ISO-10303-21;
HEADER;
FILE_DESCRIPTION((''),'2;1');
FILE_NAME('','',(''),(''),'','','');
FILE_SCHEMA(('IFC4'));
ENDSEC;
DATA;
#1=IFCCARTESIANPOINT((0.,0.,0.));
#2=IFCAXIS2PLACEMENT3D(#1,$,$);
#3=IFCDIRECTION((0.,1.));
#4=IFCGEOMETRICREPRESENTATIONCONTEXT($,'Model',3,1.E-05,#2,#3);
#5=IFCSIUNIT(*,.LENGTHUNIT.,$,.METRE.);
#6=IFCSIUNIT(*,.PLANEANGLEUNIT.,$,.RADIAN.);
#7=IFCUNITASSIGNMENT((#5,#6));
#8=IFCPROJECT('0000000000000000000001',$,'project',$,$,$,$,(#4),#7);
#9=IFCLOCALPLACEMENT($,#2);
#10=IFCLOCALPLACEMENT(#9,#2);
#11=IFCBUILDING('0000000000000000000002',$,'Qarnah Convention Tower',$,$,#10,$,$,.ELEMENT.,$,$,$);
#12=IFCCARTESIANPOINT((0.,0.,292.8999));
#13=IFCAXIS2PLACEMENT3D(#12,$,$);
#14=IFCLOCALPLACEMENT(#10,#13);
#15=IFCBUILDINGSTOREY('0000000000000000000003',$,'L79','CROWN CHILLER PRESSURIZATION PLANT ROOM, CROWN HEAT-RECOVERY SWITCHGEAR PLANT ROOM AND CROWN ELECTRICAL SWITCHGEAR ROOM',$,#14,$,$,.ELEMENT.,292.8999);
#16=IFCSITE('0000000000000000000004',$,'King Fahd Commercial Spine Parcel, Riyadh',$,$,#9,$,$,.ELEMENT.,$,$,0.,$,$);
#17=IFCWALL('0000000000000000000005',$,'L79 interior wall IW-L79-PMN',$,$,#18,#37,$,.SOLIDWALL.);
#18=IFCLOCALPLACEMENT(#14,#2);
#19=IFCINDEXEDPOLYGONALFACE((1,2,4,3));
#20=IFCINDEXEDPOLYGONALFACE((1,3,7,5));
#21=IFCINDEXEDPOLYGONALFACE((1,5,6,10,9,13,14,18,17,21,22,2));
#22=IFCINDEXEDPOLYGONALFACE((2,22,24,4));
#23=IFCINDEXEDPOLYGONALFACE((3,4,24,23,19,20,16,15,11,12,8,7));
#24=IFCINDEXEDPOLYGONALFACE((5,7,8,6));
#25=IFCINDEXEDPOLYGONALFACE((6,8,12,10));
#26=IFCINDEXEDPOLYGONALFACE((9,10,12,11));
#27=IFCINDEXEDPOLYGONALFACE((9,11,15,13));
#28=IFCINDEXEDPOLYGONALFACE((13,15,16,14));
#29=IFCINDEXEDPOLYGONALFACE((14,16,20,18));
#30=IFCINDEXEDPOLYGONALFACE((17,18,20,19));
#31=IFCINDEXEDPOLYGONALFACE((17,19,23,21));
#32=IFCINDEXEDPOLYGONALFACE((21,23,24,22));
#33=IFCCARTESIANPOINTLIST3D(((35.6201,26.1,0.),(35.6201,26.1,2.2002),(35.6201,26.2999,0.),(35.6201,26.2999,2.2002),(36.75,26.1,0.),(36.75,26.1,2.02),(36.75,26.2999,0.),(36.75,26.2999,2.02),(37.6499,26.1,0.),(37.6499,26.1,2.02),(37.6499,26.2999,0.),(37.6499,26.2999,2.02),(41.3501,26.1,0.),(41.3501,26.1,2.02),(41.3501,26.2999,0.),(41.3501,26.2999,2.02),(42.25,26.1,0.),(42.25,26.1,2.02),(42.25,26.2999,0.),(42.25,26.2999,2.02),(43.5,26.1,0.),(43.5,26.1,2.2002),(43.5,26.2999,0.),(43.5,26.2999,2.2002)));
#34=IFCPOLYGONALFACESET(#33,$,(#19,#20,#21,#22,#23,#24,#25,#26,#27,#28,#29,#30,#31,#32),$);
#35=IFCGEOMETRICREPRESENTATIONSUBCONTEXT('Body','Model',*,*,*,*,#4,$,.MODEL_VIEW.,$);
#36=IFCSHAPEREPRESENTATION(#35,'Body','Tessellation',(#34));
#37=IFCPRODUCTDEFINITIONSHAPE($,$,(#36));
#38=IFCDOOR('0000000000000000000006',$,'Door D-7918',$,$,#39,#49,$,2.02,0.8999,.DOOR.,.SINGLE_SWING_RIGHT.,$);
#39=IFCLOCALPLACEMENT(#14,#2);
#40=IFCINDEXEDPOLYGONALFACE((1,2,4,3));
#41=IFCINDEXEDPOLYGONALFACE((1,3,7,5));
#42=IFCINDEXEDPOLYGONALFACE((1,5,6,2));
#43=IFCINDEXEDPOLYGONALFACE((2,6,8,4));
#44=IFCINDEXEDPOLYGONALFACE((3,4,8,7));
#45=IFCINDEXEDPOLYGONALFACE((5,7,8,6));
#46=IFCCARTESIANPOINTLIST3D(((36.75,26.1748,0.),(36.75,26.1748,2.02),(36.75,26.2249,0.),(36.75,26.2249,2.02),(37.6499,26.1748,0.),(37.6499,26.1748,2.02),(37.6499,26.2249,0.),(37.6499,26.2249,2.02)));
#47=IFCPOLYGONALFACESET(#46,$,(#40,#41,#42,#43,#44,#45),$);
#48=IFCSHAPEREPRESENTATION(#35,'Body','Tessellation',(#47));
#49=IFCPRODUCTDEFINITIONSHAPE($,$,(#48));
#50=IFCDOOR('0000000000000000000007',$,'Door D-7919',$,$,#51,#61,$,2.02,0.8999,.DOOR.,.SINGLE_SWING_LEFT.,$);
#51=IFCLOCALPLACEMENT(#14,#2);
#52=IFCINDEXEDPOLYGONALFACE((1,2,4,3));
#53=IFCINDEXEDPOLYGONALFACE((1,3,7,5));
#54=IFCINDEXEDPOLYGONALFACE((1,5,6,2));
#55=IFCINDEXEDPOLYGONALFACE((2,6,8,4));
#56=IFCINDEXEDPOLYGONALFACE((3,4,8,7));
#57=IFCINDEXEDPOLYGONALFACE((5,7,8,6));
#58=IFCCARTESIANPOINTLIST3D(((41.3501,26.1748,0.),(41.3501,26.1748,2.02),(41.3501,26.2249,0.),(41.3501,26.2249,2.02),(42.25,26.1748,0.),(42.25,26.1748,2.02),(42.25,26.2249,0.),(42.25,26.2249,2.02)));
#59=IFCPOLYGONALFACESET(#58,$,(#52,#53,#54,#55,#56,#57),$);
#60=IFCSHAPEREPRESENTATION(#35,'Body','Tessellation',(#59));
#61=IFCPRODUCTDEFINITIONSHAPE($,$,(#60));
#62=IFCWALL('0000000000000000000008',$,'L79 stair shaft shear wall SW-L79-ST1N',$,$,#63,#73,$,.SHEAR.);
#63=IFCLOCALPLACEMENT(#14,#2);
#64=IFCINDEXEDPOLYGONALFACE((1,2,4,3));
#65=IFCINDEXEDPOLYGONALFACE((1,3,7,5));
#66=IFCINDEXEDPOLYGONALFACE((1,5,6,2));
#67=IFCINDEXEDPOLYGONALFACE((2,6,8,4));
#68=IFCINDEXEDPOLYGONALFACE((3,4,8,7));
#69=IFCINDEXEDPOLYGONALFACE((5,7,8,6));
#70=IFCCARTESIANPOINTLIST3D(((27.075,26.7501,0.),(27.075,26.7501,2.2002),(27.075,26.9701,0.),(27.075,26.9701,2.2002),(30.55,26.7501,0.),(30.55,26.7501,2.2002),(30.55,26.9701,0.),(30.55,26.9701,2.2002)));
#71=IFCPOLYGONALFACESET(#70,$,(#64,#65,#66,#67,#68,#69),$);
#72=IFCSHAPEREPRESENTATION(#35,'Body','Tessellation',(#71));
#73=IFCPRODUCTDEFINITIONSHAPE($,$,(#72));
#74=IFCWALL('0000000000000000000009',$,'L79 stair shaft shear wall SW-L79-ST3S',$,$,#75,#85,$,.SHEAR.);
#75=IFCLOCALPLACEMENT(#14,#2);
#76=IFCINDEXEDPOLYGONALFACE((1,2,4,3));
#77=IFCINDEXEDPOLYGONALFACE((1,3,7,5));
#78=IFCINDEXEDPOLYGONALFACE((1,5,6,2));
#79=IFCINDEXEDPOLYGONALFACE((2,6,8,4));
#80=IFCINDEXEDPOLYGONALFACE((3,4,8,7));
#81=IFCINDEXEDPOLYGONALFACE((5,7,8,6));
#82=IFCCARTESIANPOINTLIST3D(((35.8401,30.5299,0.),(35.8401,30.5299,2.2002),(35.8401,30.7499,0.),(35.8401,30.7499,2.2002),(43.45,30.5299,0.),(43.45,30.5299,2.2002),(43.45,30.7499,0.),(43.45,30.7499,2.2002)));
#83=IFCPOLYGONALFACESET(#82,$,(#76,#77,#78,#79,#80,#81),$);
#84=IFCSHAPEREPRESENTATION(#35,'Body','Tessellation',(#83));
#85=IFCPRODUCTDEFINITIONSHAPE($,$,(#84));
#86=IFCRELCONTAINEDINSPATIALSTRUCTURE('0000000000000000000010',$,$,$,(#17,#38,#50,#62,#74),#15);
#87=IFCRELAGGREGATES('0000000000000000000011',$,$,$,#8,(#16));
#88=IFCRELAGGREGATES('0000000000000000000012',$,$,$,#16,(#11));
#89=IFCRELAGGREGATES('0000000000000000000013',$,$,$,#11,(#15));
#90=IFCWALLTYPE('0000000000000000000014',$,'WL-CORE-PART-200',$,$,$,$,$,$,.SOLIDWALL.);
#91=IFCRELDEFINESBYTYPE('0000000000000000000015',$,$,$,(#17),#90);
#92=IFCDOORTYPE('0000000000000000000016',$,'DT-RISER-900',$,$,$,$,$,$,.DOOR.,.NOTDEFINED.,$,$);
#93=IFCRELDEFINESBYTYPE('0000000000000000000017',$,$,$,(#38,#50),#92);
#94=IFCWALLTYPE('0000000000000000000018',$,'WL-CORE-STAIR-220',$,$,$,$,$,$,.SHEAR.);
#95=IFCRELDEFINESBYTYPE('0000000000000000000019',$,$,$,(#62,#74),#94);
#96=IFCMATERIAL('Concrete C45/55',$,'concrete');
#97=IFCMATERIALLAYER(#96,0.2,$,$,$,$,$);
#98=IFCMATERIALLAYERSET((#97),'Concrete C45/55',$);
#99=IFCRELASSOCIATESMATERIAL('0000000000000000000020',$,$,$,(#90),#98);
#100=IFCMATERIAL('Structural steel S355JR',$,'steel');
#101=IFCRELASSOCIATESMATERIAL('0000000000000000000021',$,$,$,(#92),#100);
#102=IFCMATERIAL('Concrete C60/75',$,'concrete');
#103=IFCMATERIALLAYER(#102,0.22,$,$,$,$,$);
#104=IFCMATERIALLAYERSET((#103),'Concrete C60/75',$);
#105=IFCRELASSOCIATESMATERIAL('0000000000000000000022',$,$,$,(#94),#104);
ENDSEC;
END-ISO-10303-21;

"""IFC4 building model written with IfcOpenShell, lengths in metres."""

from ifc_helpers import new_model, si_unit, direction, frame, frame_2d, origin, place, context, subcontext, project, spatial, rectangle, extrude, material, layer, layer_set, type_object, element, fill, save


model = new_model("IFC4")

# Units and contexts
model_context = context("Model", 3, precision=1e-05, world=origin(), true_north=direction((0.0, 1.0)))
body_context = subcontext(model_context, "Body", "Model", "MODEL_VIEW")
ifc_project = project(units=[si_unit("LENGTHUNIT", "METRE"), si_unit("PLANEANGLEUNIT", "RADIAN")], contexts=[model_context])

# Site, building, storey
site_placement = place(None, origin())
site = spatial("IfcSite", under=ifc_project, at=site_placement, Name="King Fahd Commercial Spine Parcel, Riyadh", CompositionType="ELEMENT", RefElevation=0.0)
building_placement = place(site_placement, origin())
building = spatial("IfcBuilding", under=site, at=building_placement, Name="Qarnah Convention Tower", CompositionType="ELEMENT")
storey_placement = place(building_placement, frame((0.0, 0.0, 292.8999)))
storey = spatial("IfcBuildingStorey", under=building, at=storey_placement, Name="L79", Description="CROWN CHILLER PRESSURIZATION PLANT ROOM, CROWN HEAT-RECOVERY SWITCHGEAR PLANT ROOM AND CROWN ELECTRICAL SWITCHGEAR ROOM", CompositionType="ELEMENT", Elevation=292.8999)

# Shared definitions
ifc_material_1 = material(Name="Structural steel S355JR", Category="steel")

# Shared definitions
ifc_material_2 = material(Name="Concrete C45/55", Category="concrete")
ifc_layer_1 = layer(ifc_material_2, 0.2)
ifc_layer_set_1 = layer_set([ifc_layer_1], Name="Concrete C45/55")
wall_type_1 = type_object("IfcWallType", Name="WL-CORE-PART-200", PredefinedType="SOLIDWALL", material=ifc_layer_set_1)

# Wall, openings, doors
door_type_1 = type_object("IfcDoorType", Name="DT-RISER-900", OperationType="NOTDEFINED", PredefinedType="DOOR", material=ifc_material_1)
wall_1_placement = place(storey_placement, frame((35.6201, 26.2, 0.0), z_axis=(0.0, 0.0, 1.0), x_axis=(1.0, 0.0, 0.0)))
wall_1 = element("IfcWall", 1, at=wall_1_placement, inside=storey, type_object=wall_type_1, Name="L79 interior wall IW-L79-PMN", PredefinedType="SOLIDWALL", context=body_context, shape_type="SweptSolid", body=[
    extrude(rectangle(XDim=7.8799, YDim=0.2, at=frame_2d((3.9399, 0.0))), origin(), (0.0, 0.0, 1.0), 2.2002),
])
opening_1_placement = place(wall_1_placement, frame((1.1299, 0.0, 0.0)))
opening_1 = element("IfcOpeningElement", 2, at=opening_1_placement, cuts=wall_1, PredefinedType="OPENING", context=body_context, shape_type="SweptSolid", body=[
    extrude(rectangle(XDim=0.8999, YDim=2.02, at=frame_2d((0.45, 1.01))), frame((0.0, 0.1099, 0.0), z_axis=(0.0, -1.0, 0.0), x_axis=(1.0, 0.0, 0.0)), (0.0, 0.0, 1.0), 0.22),
])
opening_2_placement = place(wall_1_placement, frame((5.73, 0.0, 0.0)))
opening_2 = element("IfcOpeningElement", 3, at=opening_2_placement, cuts=wall_1, PredefinedType="OPENING", context=body_context, shape_type="SweptSolid", body=[
    extrude(rectangle(XDim=0.8999, YDim=2.02, at=frame_2d((0.45, 1.01))), frame((0.0, 0.1099, 0.0), z_axis=(0.0, -1.0, 0.0), x_axis=(1.0, 0.0, 0.0)), (0.0, 0.0, 1.0), 0.22),
])
door_1_placement = place(opening_1_placement, origin())
door_1 = element("IfcDoor", 4, at=door_1_placement, inside=storey, type_object=door_type_1, Name="Door D-7918", OperationType="SINGLE_SWING_RIGHT", OverallHeight=2.02, OverallWidth=0.8999, PredefinedType="DOOR", context=body_context, shape_type="SweptSolid", body=[
    extrude(rectangle(XDim=0.8999, YDim=2.02, at=frame_2d((0.45, 1.01))), frame((0.0, 0.0249, 0.0), z_axis=(0.0, -1.0, 0.0), x_axis=(1.0, 0.0, 0.0)), (0.0, 0.0, 1.0), 0.05),
])
fill(opening_1, door_1)
door_2_placement = place(opening_2_placement, origin())
door_2 = element("IfcDoor", 5, at=door_2_placement, inside=storey, type_object=door_type_1, Name="Door D-7919", OperationType="SINGLE_SWING_LEFT", OverallHeight=2.02, OverallWidth=0.8999, PredefinedType="DOOR", context=body_context, shape_type="SweptSolid", body=[
    extrude(rectangle(XDim=0.8999, YDim=2.02, at=frame_2d((0.45, 1.01))), frame((0.0, 0.0249, 0.0), z_axis=(0.0, -1.0, 0.0), x_axis=(1.0, 0.0, 0.0)), (0.0, 0.0, 1.0), 0.05),
])
fill(opening_2, door_2)

# Walls
ifc_material_3 = material(Name="Concrete C60/75", Category="concrete")
ifc_layer_2 = layer(ifc_material_3, 0.22)
ifc_layer_set_2 = layer_set([ifc_layer_2], Name="Concrete C60/75")
wall_type_2 = type_object("IfcWallType", Name="WL-CORE-STAIR-220", PredefinedType="SHEAR", material=ifc_layer_set_2)
wall_2_placement = place(storey_placement, frame((27.075, 26.8601, 0.0), z_axis=(0.0, 0.0, 1.0), x_axis=(1.0, 0.0, 0.0)))
element("IfcWall", 6, at=wall_2_placement, inside=storey, type_object=wall_type_2, Name="L79 stair shaft shear wall SW-L79-ST1N", PredefinedType="SHEAR", context=body_context, shape_type="SweptSolid", body=[
    extrude(rectangle(XDim=3.4751, YDim=0.22, at=frame_2d((1.7375, 0.0))), origin(), (0.0, 0.0, 1.0), 2.2002),
])
wall_3_placement = place(storey_placement, frame((35.8401, 30.6399, 0.0), z_axis=(0.0, 0.0, 1.0), x_axis=(1.0, 0.0, 0.0)))
element("IfcWall", 7, at=wall_3_placement, inside=storey, type_object=wall_type_2, Name="L79 stair shaft shear wall SW-L79-ST3S", PredefinedType="SHEAR", context=body_context, shape_type="SweptSolid", body=[
    extrude(rectangle(XDim=7.6099, YDim=0.22, at=frame_2d((3.8049, 0.0))), origin(), (0.0, 0.0, 1.0), 2.2002),
])

save(model, "model.ifc")
